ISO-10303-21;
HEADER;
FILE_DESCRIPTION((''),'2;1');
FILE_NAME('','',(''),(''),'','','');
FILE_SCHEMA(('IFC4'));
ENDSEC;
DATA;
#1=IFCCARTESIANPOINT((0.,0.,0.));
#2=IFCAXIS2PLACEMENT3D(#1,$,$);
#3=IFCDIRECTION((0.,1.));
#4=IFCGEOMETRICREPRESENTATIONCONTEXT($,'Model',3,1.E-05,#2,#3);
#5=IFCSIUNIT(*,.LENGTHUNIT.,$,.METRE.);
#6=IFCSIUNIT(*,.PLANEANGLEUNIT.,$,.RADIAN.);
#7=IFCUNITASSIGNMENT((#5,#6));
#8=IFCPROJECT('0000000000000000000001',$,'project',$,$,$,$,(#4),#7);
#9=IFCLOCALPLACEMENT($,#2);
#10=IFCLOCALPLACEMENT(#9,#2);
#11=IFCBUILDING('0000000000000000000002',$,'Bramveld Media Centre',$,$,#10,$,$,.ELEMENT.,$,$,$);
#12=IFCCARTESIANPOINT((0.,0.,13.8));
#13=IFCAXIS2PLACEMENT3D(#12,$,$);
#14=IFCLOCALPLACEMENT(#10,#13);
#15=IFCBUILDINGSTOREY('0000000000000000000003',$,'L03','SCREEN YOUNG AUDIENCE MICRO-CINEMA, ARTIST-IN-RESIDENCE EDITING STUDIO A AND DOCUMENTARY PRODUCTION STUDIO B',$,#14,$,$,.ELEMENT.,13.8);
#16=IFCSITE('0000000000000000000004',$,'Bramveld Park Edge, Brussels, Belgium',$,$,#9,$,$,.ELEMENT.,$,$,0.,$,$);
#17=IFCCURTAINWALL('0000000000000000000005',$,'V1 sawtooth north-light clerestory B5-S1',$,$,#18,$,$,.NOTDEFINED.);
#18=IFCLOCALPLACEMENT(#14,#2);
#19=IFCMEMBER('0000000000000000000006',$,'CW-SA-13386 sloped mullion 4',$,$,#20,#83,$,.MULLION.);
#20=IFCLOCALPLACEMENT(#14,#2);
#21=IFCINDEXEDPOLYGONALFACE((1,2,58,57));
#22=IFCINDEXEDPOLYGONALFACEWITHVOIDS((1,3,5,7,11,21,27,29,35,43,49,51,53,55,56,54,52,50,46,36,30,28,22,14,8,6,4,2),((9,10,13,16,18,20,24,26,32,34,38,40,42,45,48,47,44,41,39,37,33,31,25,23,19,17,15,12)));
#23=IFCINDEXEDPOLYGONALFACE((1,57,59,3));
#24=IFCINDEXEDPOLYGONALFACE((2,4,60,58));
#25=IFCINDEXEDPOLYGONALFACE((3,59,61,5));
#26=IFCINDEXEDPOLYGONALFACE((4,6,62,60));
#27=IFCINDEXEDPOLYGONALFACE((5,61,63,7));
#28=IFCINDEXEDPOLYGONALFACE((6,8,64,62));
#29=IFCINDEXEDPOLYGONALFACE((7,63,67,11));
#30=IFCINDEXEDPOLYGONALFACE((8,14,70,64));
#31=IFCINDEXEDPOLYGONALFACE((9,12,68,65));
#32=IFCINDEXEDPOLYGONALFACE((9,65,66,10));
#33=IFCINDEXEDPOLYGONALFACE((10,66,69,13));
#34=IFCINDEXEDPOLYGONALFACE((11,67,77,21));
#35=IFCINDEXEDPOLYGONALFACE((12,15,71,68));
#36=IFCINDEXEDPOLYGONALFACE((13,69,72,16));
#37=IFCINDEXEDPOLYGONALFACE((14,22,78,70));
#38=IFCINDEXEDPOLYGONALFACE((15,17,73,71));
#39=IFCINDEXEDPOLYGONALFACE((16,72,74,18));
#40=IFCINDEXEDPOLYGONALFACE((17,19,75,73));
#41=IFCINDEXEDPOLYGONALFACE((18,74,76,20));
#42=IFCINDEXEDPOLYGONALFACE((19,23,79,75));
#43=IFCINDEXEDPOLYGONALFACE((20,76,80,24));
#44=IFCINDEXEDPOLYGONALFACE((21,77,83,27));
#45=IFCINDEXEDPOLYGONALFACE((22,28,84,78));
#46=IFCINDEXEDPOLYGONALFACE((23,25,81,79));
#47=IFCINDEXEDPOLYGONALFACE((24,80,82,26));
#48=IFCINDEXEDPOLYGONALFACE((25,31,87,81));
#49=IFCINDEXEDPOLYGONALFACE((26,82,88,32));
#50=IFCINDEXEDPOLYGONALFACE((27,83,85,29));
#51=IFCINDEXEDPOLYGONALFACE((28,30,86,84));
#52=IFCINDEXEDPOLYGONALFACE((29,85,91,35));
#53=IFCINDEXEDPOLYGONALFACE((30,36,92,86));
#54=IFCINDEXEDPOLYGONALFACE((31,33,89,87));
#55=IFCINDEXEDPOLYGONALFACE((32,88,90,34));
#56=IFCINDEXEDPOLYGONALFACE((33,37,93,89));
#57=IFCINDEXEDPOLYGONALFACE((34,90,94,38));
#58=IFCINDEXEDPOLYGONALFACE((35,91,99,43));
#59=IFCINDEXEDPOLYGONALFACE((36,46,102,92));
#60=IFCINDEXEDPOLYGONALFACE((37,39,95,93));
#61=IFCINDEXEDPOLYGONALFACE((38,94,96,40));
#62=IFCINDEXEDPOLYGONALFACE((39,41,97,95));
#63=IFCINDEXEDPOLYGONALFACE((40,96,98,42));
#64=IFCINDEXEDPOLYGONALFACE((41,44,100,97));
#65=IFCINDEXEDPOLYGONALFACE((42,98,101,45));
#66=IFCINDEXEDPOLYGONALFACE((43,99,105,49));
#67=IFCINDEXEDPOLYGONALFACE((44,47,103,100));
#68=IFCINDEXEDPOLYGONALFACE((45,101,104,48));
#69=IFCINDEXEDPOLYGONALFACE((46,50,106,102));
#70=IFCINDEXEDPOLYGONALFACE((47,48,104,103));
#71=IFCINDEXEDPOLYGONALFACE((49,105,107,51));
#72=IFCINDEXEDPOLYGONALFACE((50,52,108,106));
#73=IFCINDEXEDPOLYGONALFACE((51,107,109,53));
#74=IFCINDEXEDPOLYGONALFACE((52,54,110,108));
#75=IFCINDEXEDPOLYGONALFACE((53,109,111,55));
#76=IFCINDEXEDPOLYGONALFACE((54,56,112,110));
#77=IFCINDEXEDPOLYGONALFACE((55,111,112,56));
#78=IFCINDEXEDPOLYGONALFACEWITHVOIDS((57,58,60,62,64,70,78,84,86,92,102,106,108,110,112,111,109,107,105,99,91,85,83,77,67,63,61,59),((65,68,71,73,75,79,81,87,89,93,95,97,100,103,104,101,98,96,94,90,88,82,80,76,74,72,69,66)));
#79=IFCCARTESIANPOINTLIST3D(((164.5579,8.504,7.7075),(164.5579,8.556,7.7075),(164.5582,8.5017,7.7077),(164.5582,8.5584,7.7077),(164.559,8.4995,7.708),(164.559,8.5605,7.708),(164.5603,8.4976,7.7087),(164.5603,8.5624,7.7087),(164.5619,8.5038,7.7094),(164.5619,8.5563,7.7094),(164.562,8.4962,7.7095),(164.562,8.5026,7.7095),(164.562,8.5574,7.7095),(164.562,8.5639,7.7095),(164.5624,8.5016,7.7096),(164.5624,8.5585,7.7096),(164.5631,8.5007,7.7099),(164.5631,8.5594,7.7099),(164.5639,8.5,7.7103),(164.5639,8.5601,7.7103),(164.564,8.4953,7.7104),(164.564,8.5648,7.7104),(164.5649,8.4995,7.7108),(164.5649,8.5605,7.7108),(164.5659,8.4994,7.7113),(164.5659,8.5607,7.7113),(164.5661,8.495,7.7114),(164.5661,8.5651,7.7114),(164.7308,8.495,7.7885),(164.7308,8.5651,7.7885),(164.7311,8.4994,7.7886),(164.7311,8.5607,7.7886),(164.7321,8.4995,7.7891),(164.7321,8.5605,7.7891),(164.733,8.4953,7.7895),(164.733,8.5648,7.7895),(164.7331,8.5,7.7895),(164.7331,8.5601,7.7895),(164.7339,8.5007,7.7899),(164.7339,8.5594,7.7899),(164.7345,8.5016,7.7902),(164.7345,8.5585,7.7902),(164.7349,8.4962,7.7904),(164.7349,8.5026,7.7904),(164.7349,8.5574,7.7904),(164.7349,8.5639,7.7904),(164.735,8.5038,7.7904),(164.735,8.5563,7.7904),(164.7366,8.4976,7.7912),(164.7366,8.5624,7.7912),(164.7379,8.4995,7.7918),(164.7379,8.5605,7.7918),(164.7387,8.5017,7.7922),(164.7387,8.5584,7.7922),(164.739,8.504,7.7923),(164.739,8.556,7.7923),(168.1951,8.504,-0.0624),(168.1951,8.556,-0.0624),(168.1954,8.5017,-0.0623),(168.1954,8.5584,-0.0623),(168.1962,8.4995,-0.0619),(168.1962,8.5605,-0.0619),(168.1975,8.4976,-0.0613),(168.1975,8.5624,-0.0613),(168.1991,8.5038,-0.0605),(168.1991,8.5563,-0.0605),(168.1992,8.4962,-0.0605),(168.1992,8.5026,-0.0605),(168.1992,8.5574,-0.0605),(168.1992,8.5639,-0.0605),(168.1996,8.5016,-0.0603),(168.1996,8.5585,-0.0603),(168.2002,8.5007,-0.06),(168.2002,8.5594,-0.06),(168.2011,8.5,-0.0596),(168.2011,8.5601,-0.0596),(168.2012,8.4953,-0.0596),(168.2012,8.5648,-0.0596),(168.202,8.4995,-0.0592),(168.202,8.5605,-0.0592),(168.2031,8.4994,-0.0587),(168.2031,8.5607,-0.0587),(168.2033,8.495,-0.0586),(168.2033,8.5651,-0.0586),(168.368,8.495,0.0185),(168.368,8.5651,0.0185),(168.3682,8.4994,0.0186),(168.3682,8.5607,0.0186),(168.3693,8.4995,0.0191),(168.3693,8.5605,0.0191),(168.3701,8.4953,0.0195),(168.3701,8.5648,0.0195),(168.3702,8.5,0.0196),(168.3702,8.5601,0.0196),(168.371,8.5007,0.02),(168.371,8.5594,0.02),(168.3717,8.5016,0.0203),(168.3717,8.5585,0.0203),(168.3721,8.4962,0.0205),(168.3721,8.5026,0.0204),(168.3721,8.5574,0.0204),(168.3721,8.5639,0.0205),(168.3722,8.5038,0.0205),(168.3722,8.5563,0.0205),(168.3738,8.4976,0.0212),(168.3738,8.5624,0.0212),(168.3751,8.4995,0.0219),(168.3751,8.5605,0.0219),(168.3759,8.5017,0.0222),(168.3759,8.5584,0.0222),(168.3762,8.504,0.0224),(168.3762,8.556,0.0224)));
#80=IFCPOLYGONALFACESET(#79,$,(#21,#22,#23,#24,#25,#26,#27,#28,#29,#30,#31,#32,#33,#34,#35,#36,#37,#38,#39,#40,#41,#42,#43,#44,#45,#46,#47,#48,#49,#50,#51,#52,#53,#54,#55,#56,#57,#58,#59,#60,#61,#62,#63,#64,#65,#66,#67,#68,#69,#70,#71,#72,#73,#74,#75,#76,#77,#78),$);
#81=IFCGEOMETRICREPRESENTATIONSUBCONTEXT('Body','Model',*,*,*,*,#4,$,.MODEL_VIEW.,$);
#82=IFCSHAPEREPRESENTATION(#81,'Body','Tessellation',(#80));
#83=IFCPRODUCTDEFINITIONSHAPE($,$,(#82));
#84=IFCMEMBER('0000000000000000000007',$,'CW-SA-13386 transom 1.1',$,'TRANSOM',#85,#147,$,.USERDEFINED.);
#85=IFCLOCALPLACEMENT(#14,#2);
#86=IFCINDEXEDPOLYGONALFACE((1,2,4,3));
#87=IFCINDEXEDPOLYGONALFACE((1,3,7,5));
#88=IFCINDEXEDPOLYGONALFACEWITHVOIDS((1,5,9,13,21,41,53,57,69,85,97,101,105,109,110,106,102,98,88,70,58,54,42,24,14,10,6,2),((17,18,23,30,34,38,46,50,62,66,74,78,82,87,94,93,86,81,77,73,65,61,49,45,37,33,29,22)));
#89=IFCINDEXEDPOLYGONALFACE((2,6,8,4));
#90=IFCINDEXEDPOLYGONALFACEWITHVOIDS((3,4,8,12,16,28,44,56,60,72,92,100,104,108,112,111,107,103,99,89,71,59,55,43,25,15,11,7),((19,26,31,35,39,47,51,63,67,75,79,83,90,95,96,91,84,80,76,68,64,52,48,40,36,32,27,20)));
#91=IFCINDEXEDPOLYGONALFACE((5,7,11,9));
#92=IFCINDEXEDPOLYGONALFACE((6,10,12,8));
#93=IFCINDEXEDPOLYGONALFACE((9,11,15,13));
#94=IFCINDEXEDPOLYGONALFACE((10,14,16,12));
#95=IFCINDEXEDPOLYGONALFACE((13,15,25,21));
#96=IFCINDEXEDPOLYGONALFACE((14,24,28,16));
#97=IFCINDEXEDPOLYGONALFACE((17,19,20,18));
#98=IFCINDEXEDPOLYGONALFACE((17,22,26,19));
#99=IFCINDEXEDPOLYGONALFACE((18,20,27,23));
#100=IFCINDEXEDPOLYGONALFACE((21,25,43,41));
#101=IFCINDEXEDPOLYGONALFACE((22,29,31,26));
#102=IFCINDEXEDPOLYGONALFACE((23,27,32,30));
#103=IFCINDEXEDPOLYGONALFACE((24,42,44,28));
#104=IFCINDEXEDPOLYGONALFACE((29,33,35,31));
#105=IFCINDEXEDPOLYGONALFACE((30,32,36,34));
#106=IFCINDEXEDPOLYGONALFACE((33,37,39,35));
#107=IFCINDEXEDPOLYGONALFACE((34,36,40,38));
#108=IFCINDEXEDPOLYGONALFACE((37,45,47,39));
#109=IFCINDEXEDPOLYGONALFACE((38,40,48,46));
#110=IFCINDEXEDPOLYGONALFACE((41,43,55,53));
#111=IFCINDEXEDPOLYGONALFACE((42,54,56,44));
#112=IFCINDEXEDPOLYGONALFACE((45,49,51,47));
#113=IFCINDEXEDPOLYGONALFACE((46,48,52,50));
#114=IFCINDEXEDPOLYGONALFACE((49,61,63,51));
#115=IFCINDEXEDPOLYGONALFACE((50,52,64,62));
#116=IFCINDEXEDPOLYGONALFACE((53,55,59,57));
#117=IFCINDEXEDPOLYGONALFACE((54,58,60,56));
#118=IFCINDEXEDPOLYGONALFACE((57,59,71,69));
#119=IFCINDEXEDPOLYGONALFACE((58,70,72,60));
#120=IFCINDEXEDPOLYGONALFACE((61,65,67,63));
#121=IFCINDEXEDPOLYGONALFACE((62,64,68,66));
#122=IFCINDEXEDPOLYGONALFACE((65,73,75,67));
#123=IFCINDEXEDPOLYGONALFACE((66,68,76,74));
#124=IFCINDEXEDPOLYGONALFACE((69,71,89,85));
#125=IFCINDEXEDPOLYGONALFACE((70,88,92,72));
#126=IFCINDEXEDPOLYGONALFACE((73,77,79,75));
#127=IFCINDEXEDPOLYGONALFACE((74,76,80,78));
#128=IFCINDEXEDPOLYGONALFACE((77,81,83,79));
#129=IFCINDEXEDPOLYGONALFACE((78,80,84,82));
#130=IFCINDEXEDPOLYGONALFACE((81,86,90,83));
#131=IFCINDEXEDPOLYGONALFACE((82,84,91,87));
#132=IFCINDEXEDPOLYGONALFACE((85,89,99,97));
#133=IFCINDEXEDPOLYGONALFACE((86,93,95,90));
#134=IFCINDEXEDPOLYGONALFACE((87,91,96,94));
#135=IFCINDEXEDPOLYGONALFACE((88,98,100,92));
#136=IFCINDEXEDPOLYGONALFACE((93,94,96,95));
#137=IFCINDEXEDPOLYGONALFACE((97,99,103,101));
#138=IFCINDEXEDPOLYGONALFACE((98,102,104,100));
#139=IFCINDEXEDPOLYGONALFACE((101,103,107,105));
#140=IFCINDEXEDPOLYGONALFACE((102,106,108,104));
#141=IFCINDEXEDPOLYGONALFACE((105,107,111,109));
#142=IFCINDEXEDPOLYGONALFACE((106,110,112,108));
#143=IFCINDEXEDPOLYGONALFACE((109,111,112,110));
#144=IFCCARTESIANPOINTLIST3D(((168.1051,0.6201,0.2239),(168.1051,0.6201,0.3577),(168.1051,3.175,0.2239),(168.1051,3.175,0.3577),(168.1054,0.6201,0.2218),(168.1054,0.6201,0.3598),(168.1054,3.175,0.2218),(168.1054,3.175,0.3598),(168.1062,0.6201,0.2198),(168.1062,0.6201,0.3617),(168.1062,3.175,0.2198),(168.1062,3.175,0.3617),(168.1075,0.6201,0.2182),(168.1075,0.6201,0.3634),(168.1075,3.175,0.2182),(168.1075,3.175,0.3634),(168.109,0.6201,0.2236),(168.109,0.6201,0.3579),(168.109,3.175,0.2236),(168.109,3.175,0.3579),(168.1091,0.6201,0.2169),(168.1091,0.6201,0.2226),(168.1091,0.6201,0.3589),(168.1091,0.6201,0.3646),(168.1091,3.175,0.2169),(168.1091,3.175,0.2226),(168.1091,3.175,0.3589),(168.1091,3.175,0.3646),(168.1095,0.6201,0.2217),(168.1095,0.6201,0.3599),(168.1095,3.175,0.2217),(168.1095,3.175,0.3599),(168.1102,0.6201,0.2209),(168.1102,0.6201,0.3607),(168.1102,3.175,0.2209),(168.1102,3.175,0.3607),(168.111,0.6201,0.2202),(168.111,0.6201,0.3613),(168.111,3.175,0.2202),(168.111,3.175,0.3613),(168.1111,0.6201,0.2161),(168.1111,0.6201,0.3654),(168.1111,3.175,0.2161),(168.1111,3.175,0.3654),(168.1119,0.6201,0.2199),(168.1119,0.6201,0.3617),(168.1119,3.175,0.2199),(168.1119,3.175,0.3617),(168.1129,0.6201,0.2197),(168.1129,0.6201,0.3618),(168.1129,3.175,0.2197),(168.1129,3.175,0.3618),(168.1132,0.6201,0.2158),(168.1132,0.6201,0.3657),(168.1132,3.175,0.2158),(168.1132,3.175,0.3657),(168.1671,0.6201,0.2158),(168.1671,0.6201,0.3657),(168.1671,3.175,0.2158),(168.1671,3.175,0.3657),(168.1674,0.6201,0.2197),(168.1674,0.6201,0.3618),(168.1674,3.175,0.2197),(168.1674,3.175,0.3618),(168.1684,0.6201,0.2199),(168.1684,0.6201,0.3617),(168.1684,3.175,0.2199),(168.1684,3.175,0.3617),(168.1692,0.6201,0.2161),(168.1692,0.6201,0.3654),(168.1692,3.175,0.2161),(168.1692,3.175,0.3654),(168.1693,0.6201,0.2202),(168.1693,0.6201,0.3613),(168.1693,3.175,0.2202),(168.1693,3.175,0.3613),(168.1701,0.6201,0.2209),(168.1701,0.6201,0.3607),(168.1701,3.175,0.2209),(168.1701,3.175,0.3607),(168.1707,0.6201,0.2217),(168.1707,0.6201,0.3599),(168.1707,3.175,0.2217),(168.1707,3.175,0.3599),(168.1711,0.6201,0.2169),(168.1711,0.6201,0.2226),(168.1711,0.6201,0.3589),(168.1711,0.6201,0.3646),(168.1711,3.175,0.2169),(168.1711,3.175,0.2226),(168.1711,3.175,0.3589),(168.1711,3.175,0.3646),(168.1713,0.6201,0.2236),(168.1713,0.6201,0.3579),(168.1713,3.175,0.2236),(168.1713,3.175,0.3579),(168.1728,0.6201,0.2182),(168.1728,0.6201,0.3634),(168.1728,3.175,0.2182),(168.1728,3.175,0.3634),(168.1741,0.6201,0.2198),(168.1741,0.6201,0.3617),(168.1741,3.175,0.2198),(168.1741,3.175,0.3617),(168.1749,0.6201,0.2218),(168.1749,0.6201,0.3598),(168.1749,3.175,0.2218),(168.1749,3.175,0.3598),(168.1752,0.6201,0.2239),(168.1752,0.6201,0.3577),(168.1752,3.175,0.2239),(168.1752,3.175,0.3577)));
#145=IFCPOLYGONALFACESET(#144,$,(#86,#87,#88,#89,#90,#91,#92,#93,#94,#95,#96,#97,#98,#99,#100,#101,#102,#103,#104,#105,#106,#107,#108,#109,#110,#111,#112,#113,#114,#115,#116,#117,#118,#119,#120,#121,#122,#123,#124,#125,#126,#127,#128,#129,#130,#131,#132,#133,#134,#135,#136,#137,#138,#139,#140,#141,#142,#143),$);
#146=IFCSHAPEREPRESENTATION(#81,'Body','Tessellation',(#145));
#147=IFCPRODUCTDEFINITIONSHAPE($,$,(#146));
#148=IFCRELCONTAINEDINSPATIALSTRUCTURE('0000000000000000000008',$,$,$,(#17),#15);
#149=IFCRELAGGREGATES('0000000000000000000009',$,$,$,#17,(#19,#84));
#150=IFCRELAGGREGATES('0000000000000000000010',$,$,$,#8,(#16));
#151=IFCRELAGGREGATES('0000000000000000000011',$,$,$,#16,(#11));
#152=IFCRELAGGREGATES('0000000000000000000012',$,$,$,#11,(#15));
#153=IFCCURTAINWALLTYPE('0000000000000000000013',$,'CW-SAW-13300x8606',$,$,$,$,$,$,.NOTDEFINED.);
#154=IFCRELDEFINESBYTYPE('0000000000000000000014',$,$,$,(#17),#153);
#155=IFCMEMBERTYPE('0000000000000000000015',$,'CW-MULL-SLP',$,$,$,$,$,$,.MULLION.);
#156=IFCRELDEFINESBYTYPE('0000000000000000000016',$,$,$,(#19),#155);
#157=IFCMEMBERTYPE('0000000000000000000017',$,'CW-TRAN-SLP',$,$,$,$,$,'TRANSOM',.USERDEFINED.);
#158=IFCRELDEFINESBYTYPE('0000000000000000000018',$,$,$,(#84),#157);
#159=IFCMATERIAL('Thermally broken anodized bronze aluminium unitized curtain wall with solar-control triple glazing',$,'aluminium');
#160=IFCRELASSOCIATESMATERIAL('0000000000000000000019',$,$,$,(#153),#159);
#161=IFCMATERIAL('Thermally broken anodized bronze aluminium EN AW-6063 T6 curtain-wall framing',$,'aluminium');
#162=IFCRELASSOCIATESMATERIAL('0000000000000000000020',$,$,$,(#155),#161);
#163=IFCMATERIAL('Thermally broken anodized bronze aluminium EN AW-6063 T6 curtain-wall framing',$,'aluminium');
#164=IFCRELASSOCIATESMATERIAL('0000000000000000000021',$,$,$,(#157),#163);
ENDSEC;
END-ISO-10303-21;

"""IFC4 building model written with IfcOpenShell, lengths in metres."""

from ifc_helpers import new_model, si_unit, direction, frame, origin, origin_2d, place, context, subcontext, project, spatial, hollow_rectangle, extrude, material, material_profile, profile_set, type_object, element, aggregate, save


model = new_model("IFC4")

# Units and contexts
model_context = context("Model", 3, precision=1e-05, world=origin(), true_north=direction((0.0, 1.0)))
body_context = subcontext(model_context, "Body", "Model", "MODEL_VIEW")
ifc_project = project(units=[si_unit("LENGTHUNIT", "METRE"), si_unit("PLANEANGLEUNIT", "RADIAN")], contexts=[model_context])

# Site, building, storey
site_placement = place(None, origin())
site = spatial("IfcSite", under=ifc_project, at=site_placement, Name="Bramveld Park Edge, Brussels, Belgium", CompositionType="ELEMENT", RefElevation=0.0)
building_placement = place(site_placement, origin())
building = spatial("IfcBuilding", under=site, at=building_placement, Name="Bramveld Media Centre", CompositionType="ELEMENT")
storey_placement = place(building_placement, frame((0.0, 0.0, 13.8)))
storey = spatial("IfcBuildingStorey", under=building, at=storey_placement, Name="L03", Description="SCREEN YOUNG AUDIENCE MICRO-CINEMA, ARTIST-IN-RESIDENCE EDITING STUDIO A AND DOCUMENTARY PRODUCTION STUDIO B", CompositionType="ELEMENT", Elevation=13.8)

# Curtain wall, members
ifc_material_1 = material(Name="Thermally broken anodized bronze aluminium unitized curtain wall with solar-control triple glazing", Category="aluminium")
curtain_wall_type = type_object("IfcCurtainWallType", Name="CW-SAW-13300x8606", PredefinedType="NOTDEFINED", material=ifc_material_1)
curtain_wall_placement = place(storey_placement, origin())
curtain_wall = element("IfcCurtainWall", 1, at=curtain_wall_placement, inside=storey, type_object=curtain_wall_type, Name="V1 sawtooth north-light clerestory B5-S1", PredefinedType="NOTDEFINED")
ifc_material_2 = material(Name="Thermally broken anodized bronze aluminium EN AW-6063 T6 curtain-wall framing", Category="aluminium")
ifc_material_profile_1 = material_profile(ifc_material_2, hollow_rectangle(XDim=0.0701, YDim=0.2, WallThickness=0.0044, InnerFilletRadius=0.0044, OuterFilletRadius=0.009, at=origin_2d()), Name="AL-MULL 70x200")
ifc_profile_set_1 = profile_set([ifc_material_profile_1], Name="Thermally broken anodized bronze aluminium EN AW-6063 T6 curtain-wall framing")
member_type_1 = type_object("IfcMemberType", Name="CW-MULL-SLP", PredefinedType="MULLION", material=ifc_profile_set_1)
member_1_placement = place(storey_placement, frame((168.2856, 8.53, -0.02), z_axis=(-0.423957, 0.0, 0.905682), x_axis=(0.0, -1.0, 0.0)))
member_1 = element("IfcMember", 2, at=member_1_placement, type_object=member_type_1, Name="CW-SA-13386 sloped mullion 4", PredefinedType="MULLION", context=body_context, shape_type="SweptSolid", body=[
    extrude(hollow_rectangle(XDim=0.0701, YDim=0.2, WallThickness=0.0044, InnerFilletRadius=0.0044, OuterFilletRadius=0.009, at=origin_2d()), origin(), (0.0, 0.0, 1.0), 8.5791),
])
ifc_material_3 = material(Name="Thermally broken anodized bronze aluminium EN AW-6063 T6 curtain-wall framing", Category="aluminium")
ifc_material_profile_2 = material_profile(ifc_material_3, hollow_rectangle(XDim=0.0701, YDim=0.1499, WallThickness=0.0039, InnerFilletRadius=0.0039, OuterFilletRadius=0.0081, at=origin_2d()), Name="AL-TRAN 70x150")
ifc_profile_set_2 = profile_set([ifc_material_profile_2], Name="Thermally broken anodized bronze aluminium EN AW-6063 T6 curtain-wall framing")
member_type_2 = type_object("IfcMemberType", Name="CW-TRAN-SLP", ElementType="TRANSOM", PredefinedType="USERDEFINED", material=ifc_profile_set_2)
member_2_placement = place(storey_placement, frame((168.1401, 0.6201, 0.2908), z_axis=(0.0, 1.0, 0.0), x_axis=(-1.0, 0.0, 0.0)))
member_2 = element("IfcMember", 3, at=member_2_placement, type_object=member_type_2, Name="CW-SA-13386 transom 1.1", ObjectType="TRANSOM", PredefinedType="USERDEFINED", context=body_context, shape_type="SweptSolid", body=[
    extrude(hollow_rectangle(XDim=0.0701, YDim=0.1499, WallThickness=0.0039, InnerFilletRadius=0.0039, OuterFilletRadius=0.0081, at=origin_2d()), origin(), (0.0, 0.0, 1.0), 2.5549),
])
aggregate(curtain_wall, [member_1, member_2])

save(model, "model.ifc")
